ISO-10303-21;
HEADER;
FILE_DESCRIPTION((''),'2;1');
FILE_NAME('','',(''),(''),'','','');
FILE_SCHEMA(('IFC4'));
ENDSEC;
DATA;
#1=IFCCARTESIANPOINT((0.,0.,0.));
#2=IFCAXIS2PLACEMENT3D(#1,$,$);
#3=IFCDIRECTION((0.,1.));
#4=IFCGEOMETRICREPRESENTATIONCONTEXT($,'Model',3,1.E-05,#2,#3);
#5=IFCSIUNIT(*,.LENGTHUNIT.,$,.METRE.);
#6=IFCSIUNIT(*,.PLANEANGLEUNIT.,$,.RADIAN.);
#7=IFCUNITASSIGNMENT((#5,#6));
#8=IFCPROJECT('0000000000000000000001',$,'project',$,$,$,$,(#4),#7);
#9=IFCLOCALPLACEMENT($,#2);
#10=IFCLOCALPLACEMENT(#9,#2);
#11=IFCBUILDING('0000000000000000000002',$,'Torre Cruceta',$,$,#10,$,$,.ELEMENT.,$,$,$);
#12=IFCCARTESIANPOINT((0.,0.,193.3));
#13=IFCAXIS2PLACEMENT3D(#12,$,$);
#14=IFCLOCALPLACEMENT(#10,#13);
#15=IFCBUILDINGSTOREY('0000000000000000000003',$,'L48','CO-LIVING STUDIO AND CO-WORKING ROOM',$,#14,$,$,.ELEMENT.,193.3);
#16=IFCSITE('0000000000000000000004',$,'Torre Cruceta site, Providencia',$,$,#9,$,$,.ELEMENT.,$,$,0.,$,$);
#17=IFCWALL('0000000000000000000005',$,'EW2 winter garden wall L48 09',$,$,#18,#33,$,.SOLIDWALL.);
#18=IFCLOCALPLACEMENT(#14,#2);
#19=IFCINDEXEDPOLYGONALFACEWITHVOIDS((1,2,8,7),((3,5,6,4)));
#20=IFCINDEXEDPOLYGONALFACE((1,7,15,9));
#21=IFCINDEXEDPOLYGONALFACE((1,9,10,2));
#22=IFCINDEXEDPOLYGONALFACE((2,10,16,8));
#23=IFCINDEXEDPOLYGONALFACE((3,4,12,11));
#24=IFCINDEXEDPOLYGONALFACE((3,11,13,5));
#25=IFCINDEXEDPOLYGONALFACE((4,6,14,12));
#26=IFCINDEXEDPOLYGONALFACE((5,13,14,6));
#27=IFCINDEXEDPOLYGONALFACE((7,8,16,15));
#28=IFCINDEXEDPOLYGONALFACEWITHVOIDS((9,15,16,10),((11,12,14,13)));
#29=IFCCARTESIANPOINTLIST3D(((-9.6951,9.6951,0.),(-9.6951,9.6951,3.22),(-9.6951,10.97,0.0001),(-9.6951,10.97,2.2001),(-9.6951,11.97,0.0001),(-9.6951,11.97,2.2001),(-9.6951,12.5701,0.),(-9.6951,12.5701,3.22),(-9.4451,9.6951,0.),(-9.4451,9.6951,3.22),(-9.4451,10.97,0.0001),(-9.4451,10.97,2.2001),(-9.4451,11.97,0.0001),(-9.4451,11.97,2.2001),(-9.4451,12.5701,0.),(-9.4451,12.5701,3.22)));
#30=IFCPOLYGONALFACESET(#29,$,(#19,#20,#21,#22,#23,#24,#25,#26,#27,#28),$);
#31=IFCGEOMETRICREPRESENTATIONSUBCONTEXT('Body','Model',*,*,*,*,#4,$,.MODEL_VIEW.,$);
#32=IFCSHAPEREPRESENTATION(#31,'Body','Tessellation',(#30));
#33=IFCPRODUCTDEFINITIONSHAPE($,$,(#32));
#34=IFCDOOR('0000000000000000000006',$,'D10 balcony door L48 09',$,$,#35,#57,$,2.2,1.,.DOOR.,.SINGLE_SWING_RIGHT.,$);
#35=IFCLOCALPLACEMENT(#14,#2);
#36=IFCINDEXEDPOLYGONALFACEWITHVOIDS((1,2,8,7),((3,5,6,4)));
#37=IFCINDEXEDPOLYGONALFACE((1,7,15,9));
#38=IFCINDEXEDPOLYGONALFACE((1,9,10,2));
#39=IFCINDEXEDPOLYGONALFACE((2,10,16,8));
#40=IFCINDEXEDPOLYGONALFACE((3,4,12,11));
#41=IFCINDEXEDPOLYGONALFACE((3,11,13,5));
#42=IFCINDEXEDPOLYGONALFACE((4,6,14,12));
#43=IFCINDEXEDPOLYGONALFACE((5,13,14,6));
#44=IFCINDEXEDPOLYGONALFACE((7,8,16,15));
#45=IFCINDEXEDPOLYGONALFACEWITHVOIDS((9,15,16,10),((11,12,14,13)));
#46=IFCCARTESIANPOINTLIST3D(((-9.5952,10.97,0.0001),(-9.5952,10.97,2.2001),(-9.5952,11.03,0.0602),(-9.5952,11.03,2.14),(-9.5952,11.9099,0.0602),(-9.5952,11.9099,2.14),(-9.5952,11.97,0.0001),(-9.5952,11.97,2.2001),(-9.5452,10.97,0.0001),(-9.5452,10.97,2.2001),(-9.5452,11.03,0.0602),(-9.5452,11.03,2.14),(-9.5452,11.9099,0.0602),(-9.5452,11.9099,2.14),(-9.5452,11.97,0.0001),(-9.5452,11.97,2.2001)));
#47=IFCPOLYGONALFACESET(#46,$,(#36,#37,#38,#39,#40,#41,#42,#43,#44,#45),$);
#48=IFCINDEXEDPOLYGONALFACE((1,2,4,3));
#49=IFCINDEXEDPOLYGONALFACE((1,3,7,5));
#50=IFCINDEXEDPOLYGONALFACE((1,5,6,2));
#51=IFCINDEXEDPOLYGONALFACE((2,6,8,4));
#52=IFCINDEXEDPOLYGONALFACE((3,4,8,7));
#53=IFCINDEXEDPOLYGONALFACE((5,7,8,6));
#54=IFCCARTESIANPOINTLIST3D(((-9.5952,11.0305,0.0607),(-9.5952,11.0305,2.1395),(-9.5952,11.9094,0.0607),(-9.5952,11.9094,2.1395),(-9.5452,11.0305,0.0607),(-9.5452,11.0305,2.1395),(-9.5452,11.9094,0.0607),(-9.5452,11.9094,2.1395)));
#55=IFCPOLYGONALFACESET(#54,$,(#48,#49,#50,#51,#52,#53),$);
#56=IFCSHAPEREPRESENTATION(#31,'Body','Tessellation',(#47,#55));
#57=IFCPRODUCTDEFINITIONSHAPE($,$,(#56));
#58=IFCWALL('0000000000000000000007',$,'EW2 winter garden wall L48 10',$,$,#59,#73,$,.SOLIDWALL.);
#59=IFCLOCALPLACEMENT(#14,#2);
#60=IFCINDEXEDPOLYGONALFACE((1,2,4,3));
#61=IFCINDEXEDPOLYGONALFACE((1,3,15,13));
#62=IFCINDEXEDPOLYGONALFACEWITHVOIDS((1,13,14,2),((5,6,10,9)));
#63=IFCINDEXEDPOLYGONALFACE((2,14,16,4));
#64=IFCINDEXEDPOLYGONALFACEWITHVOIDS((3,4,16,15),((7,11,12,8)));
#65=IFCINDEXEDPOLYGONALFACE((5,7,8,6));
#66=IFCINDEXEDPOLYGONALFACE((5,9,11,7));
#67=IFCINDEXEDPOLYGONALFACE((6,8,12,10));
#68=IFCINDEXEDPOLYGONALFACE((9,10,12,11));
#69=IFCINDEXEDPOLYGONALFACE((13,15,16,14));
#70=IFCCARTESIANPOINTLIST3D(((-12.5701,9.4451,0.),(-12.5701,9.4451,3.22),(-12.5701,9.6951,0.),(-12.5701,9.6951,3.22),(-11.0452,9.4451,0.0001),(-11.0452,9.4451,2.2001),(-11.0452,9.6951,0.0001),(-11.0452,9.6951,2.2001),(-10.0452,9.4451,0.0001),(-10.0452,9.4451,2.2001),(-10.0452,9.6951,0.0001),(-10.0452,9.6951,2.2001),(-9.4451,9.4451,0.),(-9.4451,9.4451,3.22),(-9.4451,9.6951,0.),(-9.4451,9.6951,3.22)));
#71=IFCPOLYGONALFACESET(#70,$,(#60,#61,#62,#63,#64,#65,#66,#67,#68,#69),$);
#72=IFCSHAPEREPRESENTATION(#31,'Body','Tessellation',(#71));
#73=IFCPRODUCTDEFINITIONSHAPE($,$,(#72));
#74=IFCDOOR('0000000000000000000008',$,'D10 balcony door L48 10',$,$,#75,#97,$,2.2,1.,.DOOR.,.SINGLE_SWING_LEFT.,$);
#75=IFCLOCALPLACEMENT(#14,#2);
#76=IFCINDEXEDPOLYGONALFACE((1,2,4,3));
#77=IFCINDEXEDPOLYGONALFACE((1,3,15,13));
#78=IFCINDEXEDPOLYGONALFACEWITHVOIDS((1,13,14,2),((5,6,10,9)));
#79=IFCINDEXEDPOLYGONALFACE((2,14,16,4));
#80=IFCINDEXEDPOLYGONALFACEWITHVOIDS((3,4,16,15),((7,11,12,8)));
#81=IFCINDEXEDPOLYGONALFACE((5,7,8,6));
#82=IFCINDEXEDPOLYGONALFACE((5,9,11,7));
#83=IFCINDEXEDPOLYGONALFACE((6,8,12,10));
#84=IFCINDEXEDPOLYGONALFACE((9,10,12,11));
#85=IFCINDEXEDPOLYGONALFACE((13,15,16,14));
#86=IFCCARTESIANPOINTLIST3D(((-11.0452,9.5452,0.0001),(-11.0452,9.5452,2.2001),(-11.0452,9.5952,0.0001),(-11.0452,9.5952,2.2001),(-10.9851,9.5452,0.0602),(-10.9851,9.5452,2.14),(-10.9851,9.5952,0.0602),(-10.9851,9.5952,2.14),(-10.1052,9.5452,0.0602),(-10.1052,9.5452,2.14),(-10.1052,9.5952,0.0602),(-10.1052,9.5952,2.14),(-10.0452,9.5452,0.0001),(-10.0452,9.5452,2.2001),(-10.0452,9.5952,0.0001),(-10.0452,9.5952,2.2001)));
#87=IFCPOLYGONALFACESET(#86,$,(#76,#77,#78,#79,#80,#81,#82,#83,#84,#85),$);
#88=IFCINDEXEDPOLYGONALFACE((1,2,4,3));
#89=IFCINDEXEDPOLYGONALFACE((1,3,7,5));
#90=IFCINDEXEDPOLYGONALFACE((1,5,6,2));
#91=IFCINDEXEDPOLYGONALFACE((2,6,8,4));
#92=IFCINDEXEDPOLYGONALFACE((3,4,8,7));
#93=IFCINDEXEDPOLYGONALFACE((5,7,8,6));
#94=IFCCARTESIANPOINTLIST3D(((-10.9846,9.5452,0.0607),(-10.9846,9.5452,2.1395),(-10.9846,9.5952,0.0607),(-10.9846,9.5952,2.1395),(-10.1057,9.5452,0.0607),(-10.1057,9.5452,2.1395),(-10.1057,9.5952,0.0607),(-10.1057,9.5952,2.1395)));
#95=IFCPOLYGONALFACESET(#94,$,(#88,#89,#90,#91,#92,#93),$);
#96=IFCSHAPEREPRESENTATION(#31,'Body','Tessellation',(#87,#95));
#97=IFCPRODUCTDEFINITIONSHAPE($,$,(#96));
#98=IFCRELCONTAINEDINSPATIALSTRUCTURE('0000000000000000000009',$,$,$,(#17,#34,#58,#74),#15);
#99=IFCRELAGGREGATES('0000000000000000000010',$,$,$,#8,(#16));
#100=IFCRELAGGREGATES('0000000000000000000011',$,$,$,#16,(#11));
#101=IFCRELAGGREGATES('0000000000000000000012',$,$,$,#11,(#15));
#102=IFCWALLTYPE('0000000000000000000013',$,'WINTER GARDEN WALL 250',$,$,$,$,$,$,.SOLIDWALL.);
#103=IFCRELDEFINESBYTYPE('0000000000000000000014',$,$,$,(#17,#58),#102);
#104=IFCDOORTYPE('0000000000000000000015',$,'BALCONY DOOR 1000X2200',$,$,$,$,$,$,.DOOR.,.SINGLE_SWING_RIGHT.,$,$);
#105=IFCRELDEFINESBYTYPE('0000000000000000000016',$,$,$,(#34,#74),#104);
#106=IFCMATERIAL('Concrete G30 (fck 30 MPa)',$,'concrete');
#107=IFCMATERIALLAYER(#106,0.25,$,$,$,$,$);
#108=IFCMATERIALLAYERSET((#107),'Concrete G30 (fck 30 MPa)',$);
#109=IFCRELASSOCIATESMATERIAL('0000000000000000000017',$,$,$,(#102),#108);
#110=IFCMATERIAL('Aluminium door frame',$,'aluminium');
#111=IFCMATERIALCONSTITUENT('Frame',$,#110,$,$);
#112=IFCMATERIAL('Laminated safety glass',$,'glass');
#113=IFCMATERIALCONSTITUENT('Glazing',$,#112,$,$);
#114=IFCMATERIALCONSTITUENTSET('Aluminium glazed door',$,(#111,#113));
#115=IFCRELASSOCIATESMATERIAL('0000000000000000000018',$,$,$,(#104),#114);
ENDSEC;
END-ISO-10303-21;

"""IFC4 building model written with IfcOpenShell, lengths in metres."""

from ifc_helpers import new_model, si_unit, direction, frame, frame_2d, origin, place, context, subcontext, project, spatial, rectangle, hollow_rectangle, extrude, material, layer, layer_set, constituent, constituent_set, type_object, element, fill, save


model = new_model("IFC4")

# Units and contexts
model_context = context("Model", 3, precision=1e-05, world=origin(), true_north=direction((0.0, 1.0)))
body_context = subcontext(model_context, "Body", "Model", "MODEL_VIEW")
ifc_project = project(units=[si_unit("LENGTHUNIT", "METRE"), si_unit("PLANEANGLEUNIT", "RADIAN")], contexts=[model_context])

# Site, building, storey
site_placement = place(None, origin())
site = spatial("IfcSite", under=ifc_project, at=site_placement, Name="Torre Cruceta site, Providencia", CompositionType="ELEMENT", RefElevation=0.0)
building_placement = place(site_placement, origin())
building = spatial("IfcBuilding", under=site, at=building_placement, Name="Torre Cruceta", CompositionType="ELEMENT")
storey_placement = place(building_placement, frame((0.0, 0.0, 193.3)))
storey = spatial("IfcBuildingStorey", under=building, at=storey_placement, Name="L48", Description="CO-LIVING STUDIO AND CO-WORKING ROOM", CompositionType="ELEMENT", Elevation=193.3)

# Walls, openings, doors
ifc_material_1 = material(Name="Concrete G30 (fck 30 MPa)", Category="concrete")
ifc_layer_1 = layer(ifc_material_1, 0.25)
ifc_layer_set_1 = layer_set([ifc_layer_1], Name="Concrete G30 (fck 30 MPa)")
wall_type_1 = type_object("IfcWallType", Name="WINTER GARDEN WALL 250", PredefinedType="SOLIDWALL", material=ifc_layer_set_1)
wall_1_placement = place(storey_placement, frame((-9.5701, 12.5701, 0.0), z_axis=(0.0, 0.0, 1.0), x_axis=(0.0, -1.0, 0.0)))
wall_1 = element("IfcWall", 1, at=wall_1_placement, inside=storey, type_object=wall_type_1, Name="EW2 winter garden wall L48 09", PredefinedType="SOLIDWALL", context=body_context, shape_type="SweptSolid", body=[
    extrude(rectangle(XDim=2.875, YDim=0.25, at=frame_2d((1.4375, 0.0))), origin(), (0.0, 0.0, 1.0), 3.22),
])
opening_1_placement = place(wall_1_placement, frame((0.6001, 0.0, 0.0)))
opening_1 = element("IfcOpeningElement", 2, at=opening_1_placement, cuts=wall_1, PredefinedType="OPENING", context=body_context, shape_type="SweptSolid", body=[
    extrude(rectangle(XDim=1.0, YDim=2.2, at=frame_2d((0.5, 1.1001))), frame((0.0, 0.135, 0.0), z_axis=(0.0, -1.0, 0.0), x_axis=(1.0, 0.0, 0.0)), (0.0, 0.0, 1.0), 0.27),
])
ifc_material_2 = material(Name="Aluminium door frame", Category="aluminium")
ifc_constituent_1 = constituent(ifc_material_2, Name="Frame")
ifc_material_3 = material(Name="Laminated safety glass", Category="glass")
ifc_constituent_2 = constituent(ifc_material_3, Name="Glazing")
ifc_constituent_set_1 = constituent_set(constituents=[ifc_constituent_1, ifc_constituent_2], Name="Aluminium glazed door")
door_type_1 = type_object("IfcDoorType", Name="BALCONY DOOR 1000X2200", OperationType="SINGLE_SWING_RIGHT", PredefinedType="DOOR", material=ifc_constituent_set_1)
door_1_placement = place(opening_1_placement, origin())
door_1 = element("IfcDoor", 3, at=door_1_placement, inside=storey, type_object=door_type_1, Name="D10 balcony door L48 09", OperationType="SINGLE_SWING_RIGHT", OverallHeight=2.2, OverallWidth=1.0, PredefinedType="DOOR", context=body_context, shape_type="SweptSolid", body=[
    extrude(hollow_rectangle(XDim=1.0, YDim=2.2, WallThickness=0.0601, at=frame_2d((0.5, 1.1001))), frame((0.0, 0.0249, 0.0), z_axis=(0.0, -1.0, 0.0), x_axis=(1.0, 0.0, 0.0)), (0.0, 0.0, 1.0), 0.05),
    extrude(rectangle(XDim=0.8789, YDim=2.0789, at=frame_2d((0.5, 1.1001))), frame((0.0, 0.0249, 0.0), z_axis=(0.0, -1.0, 0.0), x_axis=(1.0, 0.0, 0.0)), (0.0, 0.0, 1.0), 0.05),
])
fill(opening_1, door_1)
wall_2_placement = place(storey_placement, frame((-9.4451, 9.5701, 0.0), z_axis=(0.0, 0.0, 1.0), x_axis=(-1.0, 0.0, 0.0)))
wall_2 = element("IfcWall", 4, at=wall_2_placement, inside=storey, type_object=wall_type_1, Name="EW2 winter garden wall L48 10", PredefinedType="SOLIDWALL", context=body_context, shape_type="SweptSolid", body=[
    extrude(rectangle(XDim=3.125, YDim=0.25, at=frame_2d((1.5625, 0.0))), origin(), (0.0, 0.0, 1.0), 3.22),
])
opening_2_placement = place(wall_2_placement, frame((0.6001, 0.0, 0.0)))
opening_2 = element("IfcOpeningElement", 5, at=opening_2_placement, cuts=wall_2, PredefinedType="OPENING", context=body_context, shape_type="SweptSolid", body=[
    extrude(rectangle(XDim=1.0, YDim=2.2, at=frame_2d((0.5, 1.1001))), frame((0.0, 0.135, 0.0), z_axis=(0.0, -1.0, 0.0), x_axis=(1.0, 0.0, 0.0)), (0.0, 0.0, 1.0), 0.27),
])
door_2_placement = place(opening_2_placement, origin())
door_2 = element("IfcDoor", 6, at=door_2_placement, inside=storey, type_object=door_type_1, Name="D10 balcony door L48 10", OperationType="SINGLE_SWING_LEFT", OverallHeight=2.2, OverallWidth=1.0, PredefinedType="DOOR", context=body_context, shape_type="SweptSolid", body=[
    extrude(hollow_rectangle(XDim=1.0, YDim=2.2, WallThickness=0.0601, at=frame_2d((0.5, 1.1001))), frame((0.0, 0.0249, 0.0), z_axis=(0.0, -1.0, 0.0), x_axis=(1.0, 0.0, 0.0)), (0.0, 0.0, 1.0), 0.05),
    extrude(rectangle(XDim=0.8789, YDim=2.0789, at=frame_2d((0.5, 1.1001))), frame((0.0, 0.0249, 0.0), z_axis=(0.0, -1.0, 0.0), x_axis=(1.0, 0.0, 0.0)), (0.0, 0.0, 1.0), 0.05),
])
fill(opening_2, door_2)

save(model, "model.ifc")
